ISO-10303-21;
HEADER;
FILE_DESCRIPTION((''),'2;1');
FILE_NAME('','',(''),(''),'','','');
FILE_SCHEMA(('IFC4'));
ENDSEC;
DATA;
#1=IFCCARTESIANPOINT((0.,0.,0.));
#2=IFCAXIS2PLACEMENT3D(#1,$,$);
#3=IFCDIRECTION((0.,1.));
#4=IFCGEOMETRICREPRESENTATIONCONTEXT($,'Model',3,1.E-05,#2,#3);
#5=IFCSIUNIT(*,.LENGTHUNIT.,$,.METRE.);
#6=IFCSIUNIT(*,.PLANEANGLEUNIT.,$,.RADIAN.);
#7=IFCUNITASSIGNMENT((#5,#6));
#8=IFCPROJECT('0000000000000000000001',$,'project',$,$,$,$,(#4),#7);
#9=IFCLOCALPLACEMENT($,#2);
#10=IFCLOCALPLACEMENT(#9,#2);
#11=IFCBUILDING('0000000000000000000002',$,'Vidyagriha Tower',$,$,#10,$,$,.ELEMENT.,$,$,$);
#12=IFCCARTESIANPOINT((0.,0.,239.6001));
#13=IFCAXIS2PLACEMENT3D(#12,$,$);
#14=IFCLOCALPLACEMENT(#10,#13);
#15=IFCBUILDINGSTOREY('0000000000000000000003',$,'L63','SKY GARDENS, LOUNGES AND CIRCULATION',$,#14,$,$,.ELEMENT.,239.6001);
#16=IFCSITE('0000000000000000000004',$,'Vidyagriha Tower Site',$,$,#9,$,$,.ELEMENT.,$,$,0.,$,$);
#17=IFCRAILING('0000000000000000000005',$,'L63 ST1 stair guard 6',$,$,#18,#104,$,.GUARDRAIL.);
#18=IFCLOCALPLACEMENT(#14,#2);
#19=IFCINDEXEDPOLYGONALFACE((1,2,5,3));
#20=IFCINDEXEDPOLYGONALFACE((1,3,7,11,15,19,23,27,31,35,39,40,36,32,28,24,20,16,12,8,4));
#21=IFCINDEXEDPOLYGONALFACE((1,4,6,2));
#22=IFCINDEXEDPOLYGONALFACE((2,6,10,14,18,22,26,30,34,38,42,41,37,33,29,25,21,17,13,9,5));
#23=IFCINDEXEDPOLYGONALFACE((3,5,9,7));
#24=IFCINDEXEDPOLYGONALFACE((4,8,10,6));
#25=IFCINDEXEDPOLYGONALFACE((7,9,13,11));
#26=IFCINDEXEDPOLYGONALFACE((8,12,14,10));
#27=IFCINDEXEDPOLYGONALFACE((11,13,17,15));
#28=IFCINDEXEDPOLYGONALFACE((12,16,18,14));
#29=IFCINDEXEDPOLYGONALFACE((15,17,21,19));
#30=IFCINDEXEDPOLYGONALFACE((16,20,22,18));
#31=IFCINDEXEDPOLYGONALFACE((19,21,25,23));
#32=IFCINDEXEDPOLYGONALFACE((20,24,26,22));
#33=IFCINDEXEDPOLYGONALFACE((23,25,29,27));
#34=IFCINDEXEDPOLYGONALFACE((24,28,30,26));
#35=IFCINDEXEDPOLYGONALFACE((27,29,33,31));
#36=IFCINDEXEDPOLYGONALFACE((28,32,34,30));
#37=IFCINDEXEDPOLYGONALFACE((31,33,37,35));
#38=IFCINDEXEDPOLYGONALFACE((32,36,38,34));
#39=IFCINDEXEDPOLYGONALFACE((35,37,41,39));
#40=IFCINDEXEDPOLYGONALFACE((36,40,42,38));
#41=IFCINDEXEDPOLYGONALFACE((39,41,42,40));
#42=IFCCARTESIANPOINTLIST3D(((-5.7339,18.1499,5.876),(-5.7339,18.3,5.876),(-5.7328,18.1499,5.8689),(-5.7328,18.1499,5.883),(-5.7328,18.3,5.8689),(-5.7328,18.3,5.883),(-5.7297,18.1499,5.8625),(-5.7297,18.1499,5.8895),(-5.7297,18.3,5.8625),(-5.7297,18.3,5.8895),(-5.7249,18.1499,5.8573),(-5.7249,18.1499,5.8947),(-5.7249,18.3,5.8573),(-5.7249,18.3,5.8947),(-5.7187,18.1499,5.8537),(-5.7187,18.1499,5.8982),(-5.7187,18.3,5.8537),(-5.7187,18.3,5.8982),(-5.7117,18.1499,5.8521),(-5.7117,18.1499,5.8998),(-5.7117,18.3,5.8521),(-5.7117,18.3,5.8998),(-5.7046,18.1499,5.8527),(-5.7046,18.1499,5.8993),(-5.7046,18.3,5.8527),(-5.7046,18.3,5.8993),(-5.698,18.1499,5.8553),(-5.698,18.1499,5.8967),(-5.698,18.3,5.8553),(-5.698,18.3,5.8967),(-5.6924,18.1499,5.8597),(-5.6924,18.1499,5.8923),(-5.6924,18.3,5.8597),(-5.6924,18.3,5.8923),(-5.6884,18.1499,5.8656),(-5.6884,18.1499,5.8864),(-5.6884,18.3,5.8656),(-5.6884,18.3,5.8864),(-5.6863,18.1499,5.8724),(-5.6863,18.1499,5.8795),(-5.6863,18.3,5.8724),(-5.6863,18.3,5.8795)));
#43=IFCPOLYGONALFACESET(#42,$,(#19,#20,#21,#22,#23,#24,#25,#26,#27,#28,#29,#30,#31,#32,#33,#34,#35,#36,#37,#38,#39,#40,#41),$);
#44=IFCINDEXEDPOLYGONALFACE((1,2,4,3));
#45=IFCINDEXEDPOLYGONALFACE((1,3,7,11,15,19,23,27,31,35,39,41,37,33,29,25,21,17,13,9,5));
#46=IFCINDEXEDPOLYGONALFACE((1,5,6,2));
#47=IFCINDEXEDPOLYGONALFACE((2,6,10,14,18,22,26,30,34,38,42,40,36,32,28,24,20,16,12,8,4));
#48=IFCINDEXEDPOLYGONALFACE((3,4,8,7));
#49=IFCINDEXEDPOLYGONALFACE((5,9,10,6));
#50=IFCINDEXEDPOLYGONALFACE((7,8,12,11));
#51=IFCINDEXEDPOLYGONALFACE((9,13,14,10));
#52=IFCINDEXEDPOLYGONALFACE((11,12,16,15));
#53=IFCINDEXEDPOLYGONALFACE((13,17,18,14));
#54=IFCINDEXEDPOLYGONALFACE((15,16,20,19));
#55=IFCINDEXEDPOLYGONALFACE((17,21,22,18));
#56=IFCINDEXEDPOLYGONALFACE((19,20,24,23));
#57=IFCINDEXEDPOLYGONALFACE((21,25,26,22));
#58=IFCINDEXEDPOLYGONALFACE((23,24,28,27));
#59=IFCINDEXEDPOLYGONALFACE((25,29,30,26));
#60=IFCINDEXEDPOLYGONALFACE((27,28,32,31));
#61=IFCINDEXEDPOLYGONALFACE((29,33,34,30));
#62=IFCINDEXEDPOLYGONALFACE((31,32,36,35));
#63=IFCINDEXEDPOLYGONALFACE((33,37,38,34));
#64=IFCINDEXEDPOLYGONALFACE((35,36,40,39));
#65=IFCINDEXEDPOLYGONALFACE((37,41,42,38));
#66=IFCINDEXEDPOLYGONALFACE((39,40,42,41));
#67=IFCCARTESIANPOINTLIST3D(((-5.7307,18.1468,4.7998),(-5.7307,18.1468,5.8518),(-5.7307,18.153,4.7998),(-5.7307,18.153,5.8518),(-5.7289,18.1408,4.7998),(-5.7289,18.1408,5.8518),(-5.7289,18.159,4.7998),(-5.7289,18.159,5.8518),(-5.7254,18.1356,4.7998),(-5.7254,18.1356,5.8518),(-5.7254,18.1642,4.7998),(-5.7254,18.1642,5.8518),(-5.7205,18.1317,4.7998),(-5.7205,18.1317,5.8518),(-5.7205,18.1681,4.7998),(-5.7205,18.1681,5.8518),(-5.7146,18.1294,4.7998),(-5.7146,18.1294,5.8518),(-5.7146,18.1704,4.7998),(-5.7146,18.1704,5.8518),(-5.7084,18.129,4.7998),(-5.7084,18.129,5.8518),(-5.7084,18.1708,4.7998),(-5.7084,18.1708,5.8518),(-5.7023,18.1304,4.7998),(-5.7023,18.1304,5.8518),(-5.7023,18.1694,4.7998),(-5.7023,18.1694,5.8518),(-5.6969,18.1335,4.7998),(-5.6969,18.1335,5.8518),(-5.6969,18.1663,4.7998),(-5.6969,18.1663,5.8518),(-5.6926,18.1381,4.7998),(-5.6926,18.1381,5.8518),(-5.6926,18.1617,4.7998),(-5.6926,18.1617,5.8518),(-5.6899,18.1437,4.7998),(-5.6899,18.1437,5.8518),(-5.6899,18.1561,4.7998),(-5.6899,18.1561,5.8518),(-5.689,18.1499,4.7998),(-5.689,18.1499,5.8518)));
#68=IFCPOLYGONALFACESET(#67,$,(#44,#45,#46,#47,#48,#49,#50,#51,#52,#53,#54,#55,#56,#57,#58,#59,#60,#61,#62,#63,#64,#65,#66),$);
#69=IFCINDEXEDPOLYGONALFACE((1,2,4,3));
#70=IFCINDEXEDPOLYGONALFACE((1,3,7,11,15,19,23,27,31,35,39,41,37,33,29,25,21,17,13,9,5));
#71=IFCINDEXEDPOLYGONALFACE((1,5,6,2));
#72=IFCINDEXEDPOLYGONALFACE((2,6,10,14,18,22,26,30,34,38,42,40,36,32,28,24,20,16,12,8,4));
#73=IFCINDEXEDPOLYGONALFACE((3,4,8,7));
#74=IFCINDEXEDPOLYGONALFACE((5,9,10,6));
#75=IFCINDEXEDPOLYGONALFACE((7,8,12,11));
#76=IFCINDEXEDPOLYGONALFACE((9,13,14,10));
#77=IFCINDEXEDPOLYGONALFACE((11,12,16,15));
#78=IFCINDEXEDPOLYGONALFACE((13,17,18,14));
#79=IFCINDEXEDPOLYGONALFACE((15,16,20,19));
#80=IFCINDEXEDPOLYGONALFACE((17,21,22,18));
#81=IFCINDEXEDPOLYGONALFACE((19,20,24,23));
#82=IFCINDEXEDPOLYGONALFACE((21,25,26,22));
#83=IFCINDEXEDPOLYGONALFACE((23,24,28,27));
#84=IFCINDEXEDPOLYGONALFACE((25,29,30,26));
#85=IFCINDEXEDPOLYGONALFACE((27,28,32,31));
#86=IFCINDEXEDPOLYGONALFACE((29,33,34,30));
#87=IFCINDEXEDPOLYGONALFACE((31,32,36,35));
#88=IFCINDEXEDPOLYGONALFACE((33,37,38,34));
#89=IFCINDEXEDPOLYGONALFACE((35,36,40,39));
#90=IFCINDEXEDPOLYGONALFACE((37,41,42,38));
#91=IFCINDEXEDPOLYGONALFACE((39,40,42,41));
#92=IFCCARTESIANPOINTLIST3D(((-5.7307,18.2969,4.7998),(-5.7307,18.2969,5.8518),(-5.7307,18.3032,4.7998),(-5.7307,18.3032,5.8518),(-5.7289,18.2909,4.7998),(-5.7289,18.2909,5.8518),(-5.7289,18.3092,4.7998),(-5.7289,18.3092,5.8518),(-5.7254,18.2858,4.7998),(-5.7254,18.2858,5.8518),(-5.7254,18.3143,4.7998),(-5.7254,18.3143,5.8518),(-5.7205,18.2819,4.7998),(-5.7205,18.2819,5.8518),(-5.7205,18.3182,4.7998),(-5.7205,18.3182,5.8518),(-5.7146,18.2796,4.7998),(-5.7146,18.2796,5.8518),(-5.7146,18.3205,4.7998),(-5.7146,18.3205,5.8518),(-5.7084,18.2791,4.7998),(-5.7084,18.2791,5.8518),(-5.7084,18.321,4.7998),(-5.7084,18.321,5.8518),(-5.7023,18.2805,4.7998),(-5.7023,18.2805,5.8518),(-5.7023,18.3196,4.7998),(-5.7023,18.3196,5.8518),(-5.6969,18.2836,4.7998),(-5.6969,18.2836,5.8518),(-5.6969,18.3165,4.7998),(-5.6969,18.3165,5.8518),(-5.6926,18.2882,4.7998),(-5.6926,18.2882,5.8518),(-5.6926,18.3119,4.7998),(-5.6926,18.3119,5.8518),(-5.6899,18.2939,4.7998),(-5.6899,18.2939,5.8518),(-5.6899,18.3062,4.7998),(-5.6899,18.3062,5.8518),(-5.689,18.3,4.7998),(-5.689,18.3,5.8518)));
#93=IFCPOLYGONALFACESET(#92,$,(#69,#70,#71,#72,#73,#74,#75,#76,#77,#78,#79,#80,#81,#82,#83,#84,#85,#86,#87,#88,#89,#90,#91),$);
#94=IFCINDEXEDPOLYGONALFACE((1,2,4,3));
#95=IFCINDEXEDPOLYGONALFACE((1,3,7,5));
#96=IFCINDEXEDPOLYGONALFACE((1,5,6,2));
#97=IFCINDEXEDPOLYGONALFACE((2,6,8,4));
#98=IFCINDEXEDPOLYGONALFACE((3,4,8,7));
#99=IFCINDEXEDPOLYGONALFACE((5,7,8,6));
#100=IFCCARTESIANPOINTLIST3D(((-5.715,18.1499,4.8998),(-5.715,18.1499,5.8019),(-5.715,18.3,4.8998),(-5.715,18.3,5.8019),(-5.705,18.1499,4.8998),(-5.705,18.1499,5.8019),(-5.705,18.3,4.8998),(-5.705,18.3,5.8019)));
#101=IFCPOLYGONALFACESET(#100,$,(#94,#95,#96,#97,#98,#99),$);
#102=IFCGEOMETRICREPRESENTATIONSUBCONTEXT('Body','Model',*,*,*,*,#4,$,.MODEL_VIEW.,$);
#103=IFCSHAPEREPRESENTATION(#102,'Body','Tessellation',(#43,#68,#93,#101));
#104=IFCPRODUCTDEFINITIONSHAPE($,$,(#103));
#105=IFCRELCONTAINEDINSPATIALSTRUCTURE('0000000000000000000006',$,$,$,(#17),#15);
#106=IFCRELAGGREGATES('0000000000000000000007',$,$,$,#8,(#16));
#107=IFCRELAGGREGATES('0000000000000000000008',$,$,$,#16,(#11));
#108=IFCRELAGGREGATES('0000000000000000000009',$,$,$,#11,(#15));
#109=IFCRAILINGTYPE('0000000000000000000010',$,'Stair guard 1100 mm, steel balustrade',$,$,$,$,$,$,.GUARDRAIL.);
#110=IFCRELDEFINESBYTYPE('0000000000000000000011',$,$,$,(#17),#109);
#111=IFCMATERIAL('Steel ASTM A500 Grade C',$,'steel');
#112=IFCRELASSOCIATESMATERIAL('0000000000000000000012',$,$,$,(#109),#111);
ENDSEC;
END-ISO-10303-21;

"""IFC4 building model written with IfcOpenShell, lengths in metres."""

from ifc_helpers import new_model, si_unit, direction, frame, origin, origin_2d, place, context, subcontext, project, spatial, rectangle, circle, extrude, material, type_object, element, save


model = new_model("IFC4")

# Units and contexts
model_context = context("Model", 3, precision=1e-05, world=origin(), true_north=direction((0.0, 1.0)))
body_context = subcontext(model_context, "Body", "Model", "MODEL_VIEW")
ifc_project = project(units=[si_unit("LENGTHUNIT", "METRE"), si_unit("PLANEANGLEUNIT", "RADIAN")], contexts=[model_context])

# Site, building, storey
site_placement = place(None, origin())
site = spatial("IfcSite", under=ifc_project, at=site_placement, Name="Vidyagriha Tower Site", CompositionType="ELEMENT", RefElevation=0.0)
building_placement = place(site_placement, origin())
building = spatial("IfcBuilding", under=site, at=building_placement, Name="Vidyagriha Tower", CompositionType="ELEMENT")
storey_placement = place(building_placement, frame((0.0, 0.0, 239.6001)))
storey = spatial("IfcBuildingStorey", under=building, at=storey_placement, Name="L63", Description="SKY GARDENS, LOUNGES AND CIRCULATION", CompositionType="ELEMENT", Elevation=239.6001)

# Railing
ifc_material_1 = material(Name="Steel ASTM A500 Grade C", Category="steel")
railing_type_1 = type_object("IfcRailingType", Name="Stair guard 1100 mm, steel balustrade", PredefinedType="GUARDRAIL", material=ifc_material_1)
railing_1_placement = place(storey_placement, frame((-5.71, 18.1499, 4.7998)))
element("IfcRailing", 1, at=railing_1_placement, inside=storey, type_object=railing_type_1, Name="L63 ST1 stair guard 6", PredefinedType="GUARDRAIL", context=body_context, shape_type="SweptSolid", body=[
    extrude(circle(Radius=0.0239, at=origin_2d()), frame((0.0, 0.0, 1.0762), z_axis=(0.0, 1.0, 0.0), x_axis=(-1.0, 0.0, 0.0)), (0.0, 0.0, 1.0), 0.1501),
    extrude(circle(Radius=0.021, at=origin_2d()), origin(), (0.0, 0.0, 1.0), 1.052),
    extrude(circle(Radius=0.021, at=origin_2d()), frame((0.0, 0.1501, 0.0)), (0.0, 0.0, 1.0), 1.052),
    extrude(rectangle(XDim=0.01, YDim=0.9021, at=origin_2d()), frame((0.0, 0.0, 0.551), z_axis=(0.0, 1.0, 0.0), x_axis=(-1.0, 0.0, 0.0)), (0.0, 0.0, 1.0), 0.1501),
])

save(model, "model.ifc")
